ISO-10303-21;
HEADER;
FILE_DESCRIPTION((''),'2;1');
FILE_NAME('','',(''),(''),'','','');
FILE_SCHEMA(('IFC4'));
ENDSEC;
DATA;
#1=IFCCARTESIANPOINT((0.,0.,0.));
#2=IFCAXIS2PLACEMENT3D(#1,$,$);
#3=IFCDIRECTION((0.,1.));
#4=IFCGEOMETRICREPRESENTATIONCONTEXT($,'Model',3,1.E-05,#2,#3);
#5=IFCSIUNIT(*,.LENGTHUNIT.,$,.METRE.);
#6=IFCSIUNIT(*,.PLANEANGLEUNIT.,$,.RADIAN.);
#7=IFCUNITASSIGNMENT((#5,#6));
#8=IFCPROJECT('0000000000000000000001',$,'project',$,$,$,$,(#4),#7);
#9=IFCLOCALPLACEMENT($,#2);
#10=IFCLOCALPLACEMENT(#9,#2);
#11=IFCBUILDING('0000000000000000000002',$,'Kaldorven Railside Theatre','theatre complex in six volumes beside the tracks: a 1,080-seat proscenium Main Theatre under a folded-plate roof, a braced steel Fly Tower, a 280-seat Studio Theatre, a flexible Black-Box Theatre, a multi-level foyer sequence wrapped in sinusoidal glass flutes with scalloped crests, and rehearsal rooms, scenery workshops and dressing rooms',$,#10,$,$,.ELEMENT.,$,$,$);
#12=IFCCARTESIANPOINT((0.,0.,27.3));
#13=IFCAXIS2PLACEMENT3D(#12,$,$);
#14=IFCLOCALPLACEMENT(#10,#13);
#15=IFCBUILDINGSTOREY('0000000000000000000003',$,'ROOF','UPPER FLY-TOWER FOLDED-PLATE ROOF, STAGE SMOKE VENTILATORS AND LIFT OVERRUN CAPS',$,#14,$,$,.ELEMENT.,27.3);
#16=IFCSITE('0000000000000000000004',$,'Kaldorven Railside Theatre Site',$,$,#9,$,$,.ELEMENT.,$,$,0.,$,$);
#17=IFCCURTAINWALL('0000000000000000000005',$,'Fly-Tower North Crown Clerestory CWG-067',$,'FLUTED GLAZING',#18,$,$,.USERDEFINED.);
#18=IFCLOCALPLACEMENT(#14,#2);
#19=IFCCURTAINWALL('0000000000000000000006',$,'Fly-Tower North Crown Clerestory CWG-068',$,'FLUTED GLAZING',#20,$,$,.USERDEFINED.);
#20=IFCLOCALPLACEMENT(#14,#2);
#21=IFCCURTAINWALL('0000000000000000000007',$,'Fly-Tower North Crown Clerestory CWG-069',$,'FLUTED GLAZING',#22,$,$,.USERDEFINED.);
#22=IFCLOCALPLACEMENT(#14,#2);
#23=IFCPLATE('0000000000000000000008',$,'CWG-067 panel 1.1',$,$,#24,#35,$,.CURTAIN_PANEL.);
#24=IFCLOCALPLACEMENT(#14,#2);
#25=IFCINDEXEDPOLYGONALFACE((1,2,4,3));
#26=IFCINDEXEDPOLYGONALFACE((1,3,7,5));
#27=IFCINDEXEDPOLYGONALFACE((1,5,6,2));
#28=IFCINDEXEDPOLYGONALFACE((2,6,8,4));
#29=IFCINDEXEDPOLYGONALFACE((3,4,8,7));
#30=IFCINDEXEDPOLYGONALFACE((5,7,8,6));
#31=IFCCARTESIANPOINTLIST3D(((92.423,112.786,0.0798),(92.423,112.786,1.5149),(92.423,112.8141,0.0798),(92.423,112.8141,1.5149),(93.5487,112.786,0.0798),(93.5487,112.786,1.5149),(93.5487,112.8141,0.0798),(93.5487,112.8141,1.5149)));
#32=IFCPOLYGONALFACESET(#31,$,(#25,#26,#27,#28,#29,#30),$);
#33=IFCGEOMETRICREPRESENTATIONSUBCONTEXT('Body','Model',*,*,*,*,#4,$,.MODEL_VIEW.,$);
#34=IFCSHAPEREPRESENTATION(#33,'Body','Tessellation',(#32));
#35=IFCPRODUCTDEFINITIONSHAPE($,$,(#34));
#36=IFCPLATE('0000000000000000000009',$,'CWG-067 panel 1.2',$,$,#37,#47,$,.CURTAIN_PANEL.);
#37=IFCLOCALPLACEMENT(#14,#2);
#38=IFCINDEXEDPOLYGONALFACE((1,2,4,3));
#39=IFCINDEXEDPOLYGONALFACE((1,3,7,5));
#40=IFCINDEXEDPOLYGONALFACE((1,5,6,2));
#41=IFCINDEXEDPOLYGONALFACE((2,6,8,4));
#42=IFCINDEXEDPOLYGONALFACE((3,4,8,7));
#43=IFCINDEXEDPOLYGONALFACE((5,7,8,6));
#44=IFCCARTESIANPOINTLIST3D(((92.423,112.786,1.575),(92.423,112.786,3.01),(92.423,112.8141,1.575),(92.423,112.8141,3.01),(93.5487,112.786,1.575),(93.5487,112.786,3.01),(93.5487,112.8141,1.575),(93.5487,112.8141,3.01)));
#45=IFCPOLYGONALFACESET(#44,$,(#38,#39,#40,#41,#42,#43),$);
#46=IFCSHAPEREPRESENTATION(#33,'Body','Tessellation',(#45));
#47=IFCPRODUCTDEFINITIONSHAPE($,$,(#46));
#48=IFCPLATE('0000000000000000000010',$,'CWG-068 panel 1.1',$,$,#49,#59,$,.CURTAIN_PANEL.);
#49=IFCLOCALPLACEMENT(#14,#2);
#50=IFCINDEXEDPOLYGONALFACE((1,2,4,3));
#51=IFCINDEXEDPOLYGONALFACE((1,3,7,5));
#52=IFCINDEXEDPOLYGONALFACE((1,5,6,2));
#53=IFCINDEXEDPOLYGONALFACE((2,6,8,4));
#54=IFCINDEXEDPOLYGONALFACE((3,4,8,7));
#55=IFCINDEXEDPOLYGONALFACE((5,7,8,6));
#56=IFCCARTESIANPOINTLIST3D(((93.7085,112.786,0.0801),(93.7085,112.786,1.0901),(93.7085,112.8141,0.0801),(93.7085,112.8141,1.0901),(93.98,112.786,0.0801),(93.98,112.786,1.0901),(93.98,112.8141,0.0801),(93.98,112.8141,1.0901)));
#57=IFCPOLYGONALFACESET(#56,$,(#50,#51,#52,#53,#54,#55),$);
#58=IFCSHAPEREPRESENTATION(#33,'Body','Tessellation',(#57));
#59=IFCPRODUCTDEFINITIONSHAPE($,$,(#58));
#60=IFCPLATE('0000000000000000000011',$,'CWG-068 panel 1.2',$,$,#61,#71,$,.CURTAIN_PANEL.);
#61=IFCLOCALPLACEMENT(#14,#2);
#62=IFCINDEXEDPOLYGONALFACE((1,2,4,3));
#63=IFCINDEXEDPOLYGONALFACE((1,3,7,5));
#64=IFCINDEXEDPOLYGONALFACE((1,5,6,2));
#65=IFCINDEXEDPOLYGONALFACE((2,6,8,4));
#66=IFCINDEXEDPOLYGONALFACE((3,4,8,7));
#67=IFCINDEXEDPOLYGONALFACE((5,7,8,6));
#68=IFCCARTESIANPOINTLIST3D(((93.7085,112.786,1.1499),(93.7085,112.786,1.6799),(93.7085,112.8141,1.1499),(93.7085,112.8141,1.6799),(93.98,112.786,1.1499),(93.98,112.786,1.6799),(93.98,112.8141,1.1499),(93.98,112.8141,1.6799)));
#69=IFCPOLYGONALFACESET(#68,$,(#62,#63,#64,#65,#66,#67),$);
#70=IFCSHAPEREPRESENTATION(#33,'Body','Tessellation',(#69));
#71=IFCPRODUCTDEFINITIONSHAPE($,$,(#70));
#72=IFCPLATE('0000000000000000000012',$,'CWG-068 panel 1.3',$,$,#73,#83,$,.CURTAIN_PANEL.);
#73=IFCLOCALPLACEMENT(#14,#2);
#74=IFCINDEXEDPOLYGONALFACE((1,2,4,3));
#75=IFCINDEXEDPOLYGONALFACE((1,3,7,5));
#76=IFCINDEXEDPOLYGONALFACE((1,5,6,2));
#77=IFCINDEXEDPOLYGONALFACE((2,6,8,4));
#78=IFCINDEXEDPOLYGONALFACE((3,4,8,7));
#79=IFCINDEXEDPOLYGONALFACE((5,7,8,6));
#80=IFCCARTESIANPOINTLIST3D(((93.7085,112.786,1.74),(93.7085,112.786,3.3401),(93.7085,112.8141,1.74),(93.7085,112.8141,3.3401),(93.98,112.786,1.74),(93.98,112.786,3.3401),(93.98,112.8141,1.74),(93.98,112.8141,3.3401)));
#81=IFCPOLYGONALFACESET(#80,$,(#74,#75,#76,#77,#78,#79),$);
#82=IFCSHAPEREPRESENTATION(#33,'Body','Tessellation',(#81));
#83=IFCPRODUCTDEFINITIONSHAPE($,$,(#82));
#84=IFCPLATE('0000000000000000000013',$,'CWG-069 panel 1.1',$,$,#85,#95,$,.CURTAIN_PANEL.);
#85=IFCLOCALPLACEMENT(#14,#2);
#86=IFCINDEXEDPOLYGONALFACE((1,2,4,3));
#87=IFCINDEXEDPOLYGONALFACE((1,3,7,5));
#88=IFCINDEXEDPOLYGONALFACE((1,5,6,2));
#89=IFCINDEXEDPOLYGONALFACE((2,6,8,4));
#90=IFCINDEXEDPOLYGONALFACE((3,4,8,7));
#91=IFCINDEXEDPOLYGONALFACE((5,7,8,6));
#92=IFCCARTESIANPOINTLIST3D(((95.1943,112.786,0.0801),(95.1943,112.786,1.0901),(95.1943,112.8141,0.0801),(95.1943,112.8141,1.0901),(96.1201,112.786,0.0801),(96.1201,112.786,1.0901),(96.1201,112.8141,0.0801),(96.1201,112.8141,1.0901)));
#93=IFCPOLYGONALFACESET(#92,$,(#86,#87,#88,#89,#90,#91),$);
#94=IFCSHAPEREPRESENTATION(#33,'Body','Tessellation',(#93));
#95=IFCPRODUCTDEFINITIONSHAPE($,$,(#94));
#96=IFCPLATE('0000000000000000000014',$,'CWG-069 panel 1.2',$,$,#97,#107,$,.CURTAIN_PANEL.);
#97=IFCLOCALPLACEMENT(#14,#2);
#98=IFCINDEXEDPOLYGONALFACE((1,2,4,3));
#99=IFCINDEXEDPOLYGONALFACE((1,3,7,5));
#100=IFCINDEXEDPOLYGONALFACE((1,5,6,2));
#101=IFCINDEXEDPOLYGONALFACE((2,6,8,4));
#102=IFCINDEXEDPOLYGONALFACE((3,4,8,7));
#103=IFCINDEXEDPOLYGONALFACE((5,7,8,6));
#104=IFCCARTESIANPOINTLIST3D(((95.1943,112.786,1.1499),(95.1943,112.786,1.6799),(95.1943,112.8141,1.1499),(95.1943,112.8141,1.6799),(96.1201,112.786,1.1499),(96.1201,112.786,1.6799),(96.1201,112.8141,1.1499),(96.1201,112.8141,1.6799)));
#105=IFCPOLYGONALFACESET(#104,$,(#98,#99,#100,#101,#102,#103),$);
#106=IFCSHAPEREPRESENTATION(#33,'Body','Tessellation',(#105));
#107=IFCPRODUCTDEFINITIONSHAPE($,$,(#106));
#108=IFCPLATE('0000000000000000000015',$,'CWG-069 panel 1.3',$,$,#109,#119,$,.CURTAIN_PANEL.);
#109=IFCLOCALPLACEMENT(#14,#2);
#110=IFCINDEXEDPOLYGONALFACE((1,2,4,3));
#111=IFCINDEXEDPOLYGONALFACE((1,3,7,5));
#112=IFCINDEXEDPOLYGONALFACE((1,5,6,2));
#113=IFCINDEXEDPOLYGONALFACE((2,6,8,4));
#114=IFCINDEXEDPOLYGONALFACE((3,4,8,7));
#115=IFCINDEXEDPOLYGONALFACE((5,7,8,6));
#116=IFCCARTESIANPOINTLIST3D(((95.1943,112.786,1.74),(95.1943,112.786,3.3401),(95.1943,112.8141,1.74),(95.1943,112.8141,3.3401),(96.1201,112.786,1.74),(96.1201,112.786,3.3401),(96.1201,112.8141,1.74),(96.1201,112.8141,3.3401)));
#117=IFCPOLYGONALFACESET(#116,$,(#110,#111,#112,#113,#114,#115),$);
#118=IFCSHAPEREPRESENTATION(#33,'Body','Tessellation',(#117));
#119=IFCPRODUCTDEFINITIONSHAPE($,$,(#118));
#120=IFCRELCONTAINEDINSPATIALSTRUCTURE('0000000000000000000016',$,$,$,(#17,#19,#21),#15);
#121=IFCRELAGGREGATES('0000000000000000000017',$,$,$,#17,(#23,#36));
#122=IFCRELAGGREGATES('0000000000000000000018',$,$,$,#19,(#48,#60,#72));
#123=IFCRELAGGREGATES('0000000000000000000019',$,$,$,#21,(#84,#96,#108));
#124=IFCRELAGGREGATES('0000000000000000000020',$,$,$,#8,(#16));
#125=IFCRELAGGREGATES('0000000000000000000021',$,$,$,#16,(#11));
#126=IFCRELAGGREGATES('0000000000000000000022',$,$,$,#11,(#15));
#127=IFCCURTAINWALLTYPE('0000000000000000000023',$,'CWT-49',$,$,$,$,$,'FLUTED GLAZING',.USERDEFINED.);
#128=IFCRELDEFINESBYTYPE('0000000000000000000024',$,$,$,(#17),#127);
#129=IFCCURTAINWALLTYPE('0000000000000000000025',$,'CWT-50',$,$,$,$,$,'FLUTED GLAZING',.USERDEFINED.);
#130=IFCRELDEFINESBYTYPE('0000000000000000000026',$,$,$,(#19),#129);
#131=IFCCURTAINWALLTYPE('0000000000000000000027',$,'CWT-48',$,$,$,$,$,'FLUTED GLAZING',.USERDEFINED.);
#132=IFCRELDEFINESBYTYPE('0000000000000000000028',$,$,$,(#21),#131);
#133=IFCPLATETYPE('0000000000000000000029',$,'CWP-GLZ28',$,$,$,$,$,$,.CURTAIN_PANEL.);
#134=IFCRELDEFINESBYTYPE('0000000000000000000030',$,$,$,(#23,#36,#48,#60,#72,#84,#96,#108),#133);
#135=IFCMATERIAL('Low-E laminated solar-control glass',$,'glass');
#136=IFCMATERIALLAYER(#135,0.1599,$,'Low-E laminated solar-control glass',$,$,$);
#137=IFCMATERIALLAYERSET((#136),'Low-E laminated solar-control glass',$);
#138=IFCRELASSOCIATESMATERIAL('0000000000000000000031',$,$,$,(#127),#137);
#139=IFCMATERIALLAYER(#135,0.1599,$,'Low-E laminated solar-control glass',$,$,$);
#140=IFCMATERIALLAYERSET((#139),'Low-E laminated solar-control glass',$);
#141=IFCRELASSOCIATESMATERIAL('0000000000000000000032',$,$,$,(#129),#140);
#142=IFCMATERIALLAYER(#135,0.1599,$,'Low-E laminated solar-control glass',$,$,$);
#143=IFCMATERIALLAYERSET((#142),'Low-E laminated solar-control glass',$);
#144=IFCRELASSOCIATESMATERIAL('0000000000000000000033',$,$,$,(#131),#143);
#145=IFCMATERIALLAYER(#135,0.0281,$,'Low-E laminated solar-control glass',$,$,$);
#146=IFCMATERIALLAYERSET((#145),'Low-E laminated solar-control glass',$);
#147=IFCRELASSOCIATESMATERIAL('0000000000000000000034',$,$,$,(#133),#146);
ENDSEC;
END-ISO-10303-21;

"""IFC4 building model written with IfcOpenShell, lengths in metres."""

from ifc_helpers import new_model, si_unit, direction, frame, origin, origin_2d, place, context, subcontext, project, spatial, rectangle, extrude, material, layer, layer_set, type_object, element, aggregate, save


model = new_model("IFC4")

# Units and contexts
model_context = context("Model", 3, precision=1e-05, world=origin(), true_north=direction((0.0, 1.0)))
body_context = subcontext(model_context, "Body", "Model", "MODEL_VIEW")
ifc_project = project(units=[si_unit("LENGTHUNIT", "METRE"), si_unit("PLANEANGLEUNIT", "RADIAN")], contexts=[model_context])

# Site, building, storey
site_placement = place(None, origin())
site = spatial("IfcSite", under=ifc_project, at=site_placement, Name="Kaldorven Railside Theatre Site", CompositionType="ELEMENT", RefElevation=0.0)
building_placement = place(site_placement, origin())
building = spatial("IfcBuilding", under=site, at=building_placement, Name="Kaldorven Railside Theatre", Description="theatre complex in six volumes beside the tracks: a 1,080-seat proscenium Main Theatre under a folded-plate roof, a braced steel Fly Tower, a 280-seat Studio Theatre, a flexible Black-Box Theatre, a multi-level foyer sequence wrapped in sinusoidal glass flutes with scalloped crests, and rehearsal rooms, scenery workshops and dressing rooms", CompositionType="ELEMENT")
storey_placement = place(building_placement, frame((0.0, 0.0, 27.3)))
storey = spatial("IfcBuildingStorey", under=building, at=storey_placement, Name="ROOF", Description="UPPER FLY-TOWER FOLDED-PLATE ROOF, STAGE SMOKE VENTILATORS AND LIFT OVERRUN CAPS", CompositionType="ELEMENT", Elevation=27.3)

# Shared definitions
ifc_material_1 = material(Name="Low-E laminated solar-control glass", Category="glass")
ifc_layer_1 = layer(ifc_material_1, 0.1599, Name="Low-E laminated solar-control glass")
ifc_layer_set_1 = layer_set([ifc_layer_1], Name="Low-E laminated solar-control glass")
curtain_wall_type_1 = type_object("IfcCurtainWallType", Name="CWT-49", ElementType="FLUTED GLAZING", PredefinedType="USERDEFINED", material=ifc_layer_set_1)

# Curtain walls
curtain_wall_1_placement = place(storey_placement, origin())
curtain_wall_1 = element("IfcCurtainWall", 1, at=curtain_wall_1_placement, inside=storey, type_object=curtain_wall_type_1, Name="Fly-Tower North Crown Clerestory CWG-067", ObjectType="FLUTED GLAZING", PredefinedType="USERDEFINED")
ifc_layer_2 = layer(ifc_material_1, 0.1599, Name="Low-E laminated solar-control glass")
ifc_layer_set_2 = layer_set([ifc_layer_2], Name="Low-E laminated solar-control glass")
curtain_wall_type_2 = type_object("IfcCurtainWallType", Name="CWT-50", ElementType="FLUTED GLAZING", PredefinedType="USERDEFINED", material=ifc_layer_set_2)
curtain_wall_2_placement = place(storey_placement, origin())
curtain_wall_2 = element("IfcCurtainWall", 2, at=curtain_wall_2_placement, inside=storey, type_object=curtain_wall_type_2, Name="Fly-Tower North Crown Clerestory CWG-068", ObjectType="FLUTED GLAZING", PredefinedType="USERDEFINED")
ifc_layer_3 = layer(ifc_material_1, 0.1599, Name="Low-E laminated solar-control glass")
ifc_layer_set_3 = layer_set([ifc_layer_3], Name="Low-E laminated solar-control glass")
curtain_wall_type_3 = type_object("IfcCurtainWallType", Name="CWT-48", ElementType="FLUTED GLAZING", PredefinedType="USERDEFINED", material=ifc_layer_set_3)
curtain_wall_3_placement = place(storey_placement, origin())
curtain_wall_3 = element("IfcCurtainWall", 3, at=curtain_wall_3_placement, inside=storey, type_object=curtain_wall_type_3, Name="Fly-Tower North Crown Clerestory CWG-069", ObjectType="FLUTED GLAZING", PredefinedType="USERDEFINED")

# Plates
ifc_layer_4 = layer(ifc_material_1, 0.0281, Name="Low-E laminated solar-control glass")
ifc_layer_set_4 = layer_set([ifc_layer_4], Name="Low-E laminated solar-control glass")
plate_type = type_object("IfcPlateType", Name="CWP-GLZ28", PredefinedType="CURTAIN_PANEL", material=ifc_layer_set_4)
plate_1_placement = place(storey_placement, frame((92.9858, 112.8, 0.0798), z_axis=(0.0, 0.0, 1.0), x_axis=(1.0, 0.0, 0.0)))
plate_1 = element("IfcPlate", 4, at=plate_1_placement, type_object=plate_type, Name="CWG-067 panel 1.1", PredefinedType="CURTAIN_PANEL", context=body_context, shape_type="SweptSolid", body=[
    extrude(rectangle(XDim=1.1257, YDim=0.0281, at=origin_2d()), origin(), (0.0, 0.0, 1.0), 1.4351),
])
plate_2_placement = place(storey_placement, frame((92.9858, 112.8, 1.575), z_axis=(0.0, 0.0, 1.0), x_axis=(1.0, 0.0, 0.0)))
plate_2 = element("IfcPlate", 5, at=plate_2_placement, type_object=plate_type, Name="CWG-067 panel 1.2", PredefinedType="CURTAIN_PANEL", context=body_context, shape_type="SweptSolid", body=[
    extrude(rectangle(XDim=1.1257, YDim=0.0281, at=origin_2d()), origin(), (0.0, 0.0, 1.0), 1.4351),
])
aggregate(curtain_wall_1, [plate_1, plate_2])
plate_3_placement = place(storey_placement, frame((93.8442, 112.8, 0.0801), z_axis=(0.0, 0.0, 1.0), x_axis=(1.0, 0.0, 0.0)))
plate_3 = element("IfcPlate", 6, at=plate_3_placement, type_object=plate_type, Name="CWG-068 panel 1.1", PredefinedType="CURTAIN_PANEL", context=body_context, shape_type="SweptSolid", body=[
    extrude(rectangle(XDim=0.2715, YDim=0.0281, at=origin_2d()), origin(), (0.0, 0.0, 1.0), 1.01),
])
plate_4_placement = place(storey_placement, frame((93.8442, 112.8, 1.1499), z_axis=(0.0, 0.0, 1.0), x_axis=(1.0, 0.0, 0.0)))
plate_4 = element("IfcPlate", 7, at=plate_4_placement, type_object=plate_type, Name="CWG-068 panel 1.2", PredefinedType="CURTAIN_PANEL", context=body_context, shape_type="SweptSolid", body=[
    extrude(rectangle(XDim=0.2715, YDim=0.0281, at=origin_2d()), origin(), (0.0, 0.0, 1.0), 0.53),
])
plate_5_placement = place(storey_placement, frame((93.8442, 112.8, 1.74), z_axis=(0.0, 0.0, 1.0), x_axis=(1.0, 0.0, 0.0)))
plate_5 = element("IfcPlate", 8, at=plate_5_placement, type_object=plate_type, Name="CWG-068 panel 1.3", PredefinedType="CURTAIN_PANEL", context=body_context, shape_type="SweptSolid", body=[
    extrude(rectangle(XDim=0.2715, YDim=0.0281, at=origin_2d()), origin(), (0.0, 0.0, 1.0), 1.6001),
])
aggregate(curtain_wall_2, [plate_3, plate_4, plate_5])
plate_6_placement = place(storey_placement, frame((95.6572, 112.8, 0.0801), z_axis=(0.0, 0.0, 1.0), x_axis=(1.0, 0.0, 0.0)))
plate_6 = element("IfcPlate", 9, at=plate_6_placement, type_object=plate_type, Name="CWG-069 panel 1.1", PredefinedType="CURTAIN_PANEL", context=body_context, shape_type="SweptSolid", body=[
    extrude(rectangle(XDim=0.9258, YDim=0.0281, at=origin_2d()), origin(), (0.0, 0.0, 1.0), 1.01),
])
plate_7_placement = place(storey_placement, frame((95.6572, 112.8, 1.1499), z_axis=(0.0, 0.0, 1.0), x_axis=(1.0, 0.0, 0.0)))
plate_7 = element("IfcPlate", 10, at=plate_7_placement, type_object=plate_type, Name="CWG-069 panel 1.2", PredefinedType="CURTAIN_PANEL", context=body_context, shape_type="SweptSolid", body=[
    extrude(rectangle(XDim=0.9258, YDim=0.0281, at=origin_2d()), origin(), (0.0, 0.0, 1.0), 0.53),
])
plate_8_placement = place(storey_placement, frame((95.6572, 112.8, 1.74), z_axis=(0.0, 0.0, 1.0), x_axis=(1.0, 0.0, 0.0)))
plate_8 = element("IfcPlate", 11, at=plate_8_placement, type_object=plate_type, Name="CWG-069 panel 1.3", PredefinedType="CURTAIN_PANEL", context=body_context, shape_type="SweptSolid", body=[
    extrude(rectangle(XDim=0.9258, YDim=0.0281, at=origin_2d()), origin(), (0.0, 0.0, 1.0), 1.6001),
])
aggregate(curtain_wall_3, [plate_6, plate_7, plate_8])

save(model, "model.ifc")
